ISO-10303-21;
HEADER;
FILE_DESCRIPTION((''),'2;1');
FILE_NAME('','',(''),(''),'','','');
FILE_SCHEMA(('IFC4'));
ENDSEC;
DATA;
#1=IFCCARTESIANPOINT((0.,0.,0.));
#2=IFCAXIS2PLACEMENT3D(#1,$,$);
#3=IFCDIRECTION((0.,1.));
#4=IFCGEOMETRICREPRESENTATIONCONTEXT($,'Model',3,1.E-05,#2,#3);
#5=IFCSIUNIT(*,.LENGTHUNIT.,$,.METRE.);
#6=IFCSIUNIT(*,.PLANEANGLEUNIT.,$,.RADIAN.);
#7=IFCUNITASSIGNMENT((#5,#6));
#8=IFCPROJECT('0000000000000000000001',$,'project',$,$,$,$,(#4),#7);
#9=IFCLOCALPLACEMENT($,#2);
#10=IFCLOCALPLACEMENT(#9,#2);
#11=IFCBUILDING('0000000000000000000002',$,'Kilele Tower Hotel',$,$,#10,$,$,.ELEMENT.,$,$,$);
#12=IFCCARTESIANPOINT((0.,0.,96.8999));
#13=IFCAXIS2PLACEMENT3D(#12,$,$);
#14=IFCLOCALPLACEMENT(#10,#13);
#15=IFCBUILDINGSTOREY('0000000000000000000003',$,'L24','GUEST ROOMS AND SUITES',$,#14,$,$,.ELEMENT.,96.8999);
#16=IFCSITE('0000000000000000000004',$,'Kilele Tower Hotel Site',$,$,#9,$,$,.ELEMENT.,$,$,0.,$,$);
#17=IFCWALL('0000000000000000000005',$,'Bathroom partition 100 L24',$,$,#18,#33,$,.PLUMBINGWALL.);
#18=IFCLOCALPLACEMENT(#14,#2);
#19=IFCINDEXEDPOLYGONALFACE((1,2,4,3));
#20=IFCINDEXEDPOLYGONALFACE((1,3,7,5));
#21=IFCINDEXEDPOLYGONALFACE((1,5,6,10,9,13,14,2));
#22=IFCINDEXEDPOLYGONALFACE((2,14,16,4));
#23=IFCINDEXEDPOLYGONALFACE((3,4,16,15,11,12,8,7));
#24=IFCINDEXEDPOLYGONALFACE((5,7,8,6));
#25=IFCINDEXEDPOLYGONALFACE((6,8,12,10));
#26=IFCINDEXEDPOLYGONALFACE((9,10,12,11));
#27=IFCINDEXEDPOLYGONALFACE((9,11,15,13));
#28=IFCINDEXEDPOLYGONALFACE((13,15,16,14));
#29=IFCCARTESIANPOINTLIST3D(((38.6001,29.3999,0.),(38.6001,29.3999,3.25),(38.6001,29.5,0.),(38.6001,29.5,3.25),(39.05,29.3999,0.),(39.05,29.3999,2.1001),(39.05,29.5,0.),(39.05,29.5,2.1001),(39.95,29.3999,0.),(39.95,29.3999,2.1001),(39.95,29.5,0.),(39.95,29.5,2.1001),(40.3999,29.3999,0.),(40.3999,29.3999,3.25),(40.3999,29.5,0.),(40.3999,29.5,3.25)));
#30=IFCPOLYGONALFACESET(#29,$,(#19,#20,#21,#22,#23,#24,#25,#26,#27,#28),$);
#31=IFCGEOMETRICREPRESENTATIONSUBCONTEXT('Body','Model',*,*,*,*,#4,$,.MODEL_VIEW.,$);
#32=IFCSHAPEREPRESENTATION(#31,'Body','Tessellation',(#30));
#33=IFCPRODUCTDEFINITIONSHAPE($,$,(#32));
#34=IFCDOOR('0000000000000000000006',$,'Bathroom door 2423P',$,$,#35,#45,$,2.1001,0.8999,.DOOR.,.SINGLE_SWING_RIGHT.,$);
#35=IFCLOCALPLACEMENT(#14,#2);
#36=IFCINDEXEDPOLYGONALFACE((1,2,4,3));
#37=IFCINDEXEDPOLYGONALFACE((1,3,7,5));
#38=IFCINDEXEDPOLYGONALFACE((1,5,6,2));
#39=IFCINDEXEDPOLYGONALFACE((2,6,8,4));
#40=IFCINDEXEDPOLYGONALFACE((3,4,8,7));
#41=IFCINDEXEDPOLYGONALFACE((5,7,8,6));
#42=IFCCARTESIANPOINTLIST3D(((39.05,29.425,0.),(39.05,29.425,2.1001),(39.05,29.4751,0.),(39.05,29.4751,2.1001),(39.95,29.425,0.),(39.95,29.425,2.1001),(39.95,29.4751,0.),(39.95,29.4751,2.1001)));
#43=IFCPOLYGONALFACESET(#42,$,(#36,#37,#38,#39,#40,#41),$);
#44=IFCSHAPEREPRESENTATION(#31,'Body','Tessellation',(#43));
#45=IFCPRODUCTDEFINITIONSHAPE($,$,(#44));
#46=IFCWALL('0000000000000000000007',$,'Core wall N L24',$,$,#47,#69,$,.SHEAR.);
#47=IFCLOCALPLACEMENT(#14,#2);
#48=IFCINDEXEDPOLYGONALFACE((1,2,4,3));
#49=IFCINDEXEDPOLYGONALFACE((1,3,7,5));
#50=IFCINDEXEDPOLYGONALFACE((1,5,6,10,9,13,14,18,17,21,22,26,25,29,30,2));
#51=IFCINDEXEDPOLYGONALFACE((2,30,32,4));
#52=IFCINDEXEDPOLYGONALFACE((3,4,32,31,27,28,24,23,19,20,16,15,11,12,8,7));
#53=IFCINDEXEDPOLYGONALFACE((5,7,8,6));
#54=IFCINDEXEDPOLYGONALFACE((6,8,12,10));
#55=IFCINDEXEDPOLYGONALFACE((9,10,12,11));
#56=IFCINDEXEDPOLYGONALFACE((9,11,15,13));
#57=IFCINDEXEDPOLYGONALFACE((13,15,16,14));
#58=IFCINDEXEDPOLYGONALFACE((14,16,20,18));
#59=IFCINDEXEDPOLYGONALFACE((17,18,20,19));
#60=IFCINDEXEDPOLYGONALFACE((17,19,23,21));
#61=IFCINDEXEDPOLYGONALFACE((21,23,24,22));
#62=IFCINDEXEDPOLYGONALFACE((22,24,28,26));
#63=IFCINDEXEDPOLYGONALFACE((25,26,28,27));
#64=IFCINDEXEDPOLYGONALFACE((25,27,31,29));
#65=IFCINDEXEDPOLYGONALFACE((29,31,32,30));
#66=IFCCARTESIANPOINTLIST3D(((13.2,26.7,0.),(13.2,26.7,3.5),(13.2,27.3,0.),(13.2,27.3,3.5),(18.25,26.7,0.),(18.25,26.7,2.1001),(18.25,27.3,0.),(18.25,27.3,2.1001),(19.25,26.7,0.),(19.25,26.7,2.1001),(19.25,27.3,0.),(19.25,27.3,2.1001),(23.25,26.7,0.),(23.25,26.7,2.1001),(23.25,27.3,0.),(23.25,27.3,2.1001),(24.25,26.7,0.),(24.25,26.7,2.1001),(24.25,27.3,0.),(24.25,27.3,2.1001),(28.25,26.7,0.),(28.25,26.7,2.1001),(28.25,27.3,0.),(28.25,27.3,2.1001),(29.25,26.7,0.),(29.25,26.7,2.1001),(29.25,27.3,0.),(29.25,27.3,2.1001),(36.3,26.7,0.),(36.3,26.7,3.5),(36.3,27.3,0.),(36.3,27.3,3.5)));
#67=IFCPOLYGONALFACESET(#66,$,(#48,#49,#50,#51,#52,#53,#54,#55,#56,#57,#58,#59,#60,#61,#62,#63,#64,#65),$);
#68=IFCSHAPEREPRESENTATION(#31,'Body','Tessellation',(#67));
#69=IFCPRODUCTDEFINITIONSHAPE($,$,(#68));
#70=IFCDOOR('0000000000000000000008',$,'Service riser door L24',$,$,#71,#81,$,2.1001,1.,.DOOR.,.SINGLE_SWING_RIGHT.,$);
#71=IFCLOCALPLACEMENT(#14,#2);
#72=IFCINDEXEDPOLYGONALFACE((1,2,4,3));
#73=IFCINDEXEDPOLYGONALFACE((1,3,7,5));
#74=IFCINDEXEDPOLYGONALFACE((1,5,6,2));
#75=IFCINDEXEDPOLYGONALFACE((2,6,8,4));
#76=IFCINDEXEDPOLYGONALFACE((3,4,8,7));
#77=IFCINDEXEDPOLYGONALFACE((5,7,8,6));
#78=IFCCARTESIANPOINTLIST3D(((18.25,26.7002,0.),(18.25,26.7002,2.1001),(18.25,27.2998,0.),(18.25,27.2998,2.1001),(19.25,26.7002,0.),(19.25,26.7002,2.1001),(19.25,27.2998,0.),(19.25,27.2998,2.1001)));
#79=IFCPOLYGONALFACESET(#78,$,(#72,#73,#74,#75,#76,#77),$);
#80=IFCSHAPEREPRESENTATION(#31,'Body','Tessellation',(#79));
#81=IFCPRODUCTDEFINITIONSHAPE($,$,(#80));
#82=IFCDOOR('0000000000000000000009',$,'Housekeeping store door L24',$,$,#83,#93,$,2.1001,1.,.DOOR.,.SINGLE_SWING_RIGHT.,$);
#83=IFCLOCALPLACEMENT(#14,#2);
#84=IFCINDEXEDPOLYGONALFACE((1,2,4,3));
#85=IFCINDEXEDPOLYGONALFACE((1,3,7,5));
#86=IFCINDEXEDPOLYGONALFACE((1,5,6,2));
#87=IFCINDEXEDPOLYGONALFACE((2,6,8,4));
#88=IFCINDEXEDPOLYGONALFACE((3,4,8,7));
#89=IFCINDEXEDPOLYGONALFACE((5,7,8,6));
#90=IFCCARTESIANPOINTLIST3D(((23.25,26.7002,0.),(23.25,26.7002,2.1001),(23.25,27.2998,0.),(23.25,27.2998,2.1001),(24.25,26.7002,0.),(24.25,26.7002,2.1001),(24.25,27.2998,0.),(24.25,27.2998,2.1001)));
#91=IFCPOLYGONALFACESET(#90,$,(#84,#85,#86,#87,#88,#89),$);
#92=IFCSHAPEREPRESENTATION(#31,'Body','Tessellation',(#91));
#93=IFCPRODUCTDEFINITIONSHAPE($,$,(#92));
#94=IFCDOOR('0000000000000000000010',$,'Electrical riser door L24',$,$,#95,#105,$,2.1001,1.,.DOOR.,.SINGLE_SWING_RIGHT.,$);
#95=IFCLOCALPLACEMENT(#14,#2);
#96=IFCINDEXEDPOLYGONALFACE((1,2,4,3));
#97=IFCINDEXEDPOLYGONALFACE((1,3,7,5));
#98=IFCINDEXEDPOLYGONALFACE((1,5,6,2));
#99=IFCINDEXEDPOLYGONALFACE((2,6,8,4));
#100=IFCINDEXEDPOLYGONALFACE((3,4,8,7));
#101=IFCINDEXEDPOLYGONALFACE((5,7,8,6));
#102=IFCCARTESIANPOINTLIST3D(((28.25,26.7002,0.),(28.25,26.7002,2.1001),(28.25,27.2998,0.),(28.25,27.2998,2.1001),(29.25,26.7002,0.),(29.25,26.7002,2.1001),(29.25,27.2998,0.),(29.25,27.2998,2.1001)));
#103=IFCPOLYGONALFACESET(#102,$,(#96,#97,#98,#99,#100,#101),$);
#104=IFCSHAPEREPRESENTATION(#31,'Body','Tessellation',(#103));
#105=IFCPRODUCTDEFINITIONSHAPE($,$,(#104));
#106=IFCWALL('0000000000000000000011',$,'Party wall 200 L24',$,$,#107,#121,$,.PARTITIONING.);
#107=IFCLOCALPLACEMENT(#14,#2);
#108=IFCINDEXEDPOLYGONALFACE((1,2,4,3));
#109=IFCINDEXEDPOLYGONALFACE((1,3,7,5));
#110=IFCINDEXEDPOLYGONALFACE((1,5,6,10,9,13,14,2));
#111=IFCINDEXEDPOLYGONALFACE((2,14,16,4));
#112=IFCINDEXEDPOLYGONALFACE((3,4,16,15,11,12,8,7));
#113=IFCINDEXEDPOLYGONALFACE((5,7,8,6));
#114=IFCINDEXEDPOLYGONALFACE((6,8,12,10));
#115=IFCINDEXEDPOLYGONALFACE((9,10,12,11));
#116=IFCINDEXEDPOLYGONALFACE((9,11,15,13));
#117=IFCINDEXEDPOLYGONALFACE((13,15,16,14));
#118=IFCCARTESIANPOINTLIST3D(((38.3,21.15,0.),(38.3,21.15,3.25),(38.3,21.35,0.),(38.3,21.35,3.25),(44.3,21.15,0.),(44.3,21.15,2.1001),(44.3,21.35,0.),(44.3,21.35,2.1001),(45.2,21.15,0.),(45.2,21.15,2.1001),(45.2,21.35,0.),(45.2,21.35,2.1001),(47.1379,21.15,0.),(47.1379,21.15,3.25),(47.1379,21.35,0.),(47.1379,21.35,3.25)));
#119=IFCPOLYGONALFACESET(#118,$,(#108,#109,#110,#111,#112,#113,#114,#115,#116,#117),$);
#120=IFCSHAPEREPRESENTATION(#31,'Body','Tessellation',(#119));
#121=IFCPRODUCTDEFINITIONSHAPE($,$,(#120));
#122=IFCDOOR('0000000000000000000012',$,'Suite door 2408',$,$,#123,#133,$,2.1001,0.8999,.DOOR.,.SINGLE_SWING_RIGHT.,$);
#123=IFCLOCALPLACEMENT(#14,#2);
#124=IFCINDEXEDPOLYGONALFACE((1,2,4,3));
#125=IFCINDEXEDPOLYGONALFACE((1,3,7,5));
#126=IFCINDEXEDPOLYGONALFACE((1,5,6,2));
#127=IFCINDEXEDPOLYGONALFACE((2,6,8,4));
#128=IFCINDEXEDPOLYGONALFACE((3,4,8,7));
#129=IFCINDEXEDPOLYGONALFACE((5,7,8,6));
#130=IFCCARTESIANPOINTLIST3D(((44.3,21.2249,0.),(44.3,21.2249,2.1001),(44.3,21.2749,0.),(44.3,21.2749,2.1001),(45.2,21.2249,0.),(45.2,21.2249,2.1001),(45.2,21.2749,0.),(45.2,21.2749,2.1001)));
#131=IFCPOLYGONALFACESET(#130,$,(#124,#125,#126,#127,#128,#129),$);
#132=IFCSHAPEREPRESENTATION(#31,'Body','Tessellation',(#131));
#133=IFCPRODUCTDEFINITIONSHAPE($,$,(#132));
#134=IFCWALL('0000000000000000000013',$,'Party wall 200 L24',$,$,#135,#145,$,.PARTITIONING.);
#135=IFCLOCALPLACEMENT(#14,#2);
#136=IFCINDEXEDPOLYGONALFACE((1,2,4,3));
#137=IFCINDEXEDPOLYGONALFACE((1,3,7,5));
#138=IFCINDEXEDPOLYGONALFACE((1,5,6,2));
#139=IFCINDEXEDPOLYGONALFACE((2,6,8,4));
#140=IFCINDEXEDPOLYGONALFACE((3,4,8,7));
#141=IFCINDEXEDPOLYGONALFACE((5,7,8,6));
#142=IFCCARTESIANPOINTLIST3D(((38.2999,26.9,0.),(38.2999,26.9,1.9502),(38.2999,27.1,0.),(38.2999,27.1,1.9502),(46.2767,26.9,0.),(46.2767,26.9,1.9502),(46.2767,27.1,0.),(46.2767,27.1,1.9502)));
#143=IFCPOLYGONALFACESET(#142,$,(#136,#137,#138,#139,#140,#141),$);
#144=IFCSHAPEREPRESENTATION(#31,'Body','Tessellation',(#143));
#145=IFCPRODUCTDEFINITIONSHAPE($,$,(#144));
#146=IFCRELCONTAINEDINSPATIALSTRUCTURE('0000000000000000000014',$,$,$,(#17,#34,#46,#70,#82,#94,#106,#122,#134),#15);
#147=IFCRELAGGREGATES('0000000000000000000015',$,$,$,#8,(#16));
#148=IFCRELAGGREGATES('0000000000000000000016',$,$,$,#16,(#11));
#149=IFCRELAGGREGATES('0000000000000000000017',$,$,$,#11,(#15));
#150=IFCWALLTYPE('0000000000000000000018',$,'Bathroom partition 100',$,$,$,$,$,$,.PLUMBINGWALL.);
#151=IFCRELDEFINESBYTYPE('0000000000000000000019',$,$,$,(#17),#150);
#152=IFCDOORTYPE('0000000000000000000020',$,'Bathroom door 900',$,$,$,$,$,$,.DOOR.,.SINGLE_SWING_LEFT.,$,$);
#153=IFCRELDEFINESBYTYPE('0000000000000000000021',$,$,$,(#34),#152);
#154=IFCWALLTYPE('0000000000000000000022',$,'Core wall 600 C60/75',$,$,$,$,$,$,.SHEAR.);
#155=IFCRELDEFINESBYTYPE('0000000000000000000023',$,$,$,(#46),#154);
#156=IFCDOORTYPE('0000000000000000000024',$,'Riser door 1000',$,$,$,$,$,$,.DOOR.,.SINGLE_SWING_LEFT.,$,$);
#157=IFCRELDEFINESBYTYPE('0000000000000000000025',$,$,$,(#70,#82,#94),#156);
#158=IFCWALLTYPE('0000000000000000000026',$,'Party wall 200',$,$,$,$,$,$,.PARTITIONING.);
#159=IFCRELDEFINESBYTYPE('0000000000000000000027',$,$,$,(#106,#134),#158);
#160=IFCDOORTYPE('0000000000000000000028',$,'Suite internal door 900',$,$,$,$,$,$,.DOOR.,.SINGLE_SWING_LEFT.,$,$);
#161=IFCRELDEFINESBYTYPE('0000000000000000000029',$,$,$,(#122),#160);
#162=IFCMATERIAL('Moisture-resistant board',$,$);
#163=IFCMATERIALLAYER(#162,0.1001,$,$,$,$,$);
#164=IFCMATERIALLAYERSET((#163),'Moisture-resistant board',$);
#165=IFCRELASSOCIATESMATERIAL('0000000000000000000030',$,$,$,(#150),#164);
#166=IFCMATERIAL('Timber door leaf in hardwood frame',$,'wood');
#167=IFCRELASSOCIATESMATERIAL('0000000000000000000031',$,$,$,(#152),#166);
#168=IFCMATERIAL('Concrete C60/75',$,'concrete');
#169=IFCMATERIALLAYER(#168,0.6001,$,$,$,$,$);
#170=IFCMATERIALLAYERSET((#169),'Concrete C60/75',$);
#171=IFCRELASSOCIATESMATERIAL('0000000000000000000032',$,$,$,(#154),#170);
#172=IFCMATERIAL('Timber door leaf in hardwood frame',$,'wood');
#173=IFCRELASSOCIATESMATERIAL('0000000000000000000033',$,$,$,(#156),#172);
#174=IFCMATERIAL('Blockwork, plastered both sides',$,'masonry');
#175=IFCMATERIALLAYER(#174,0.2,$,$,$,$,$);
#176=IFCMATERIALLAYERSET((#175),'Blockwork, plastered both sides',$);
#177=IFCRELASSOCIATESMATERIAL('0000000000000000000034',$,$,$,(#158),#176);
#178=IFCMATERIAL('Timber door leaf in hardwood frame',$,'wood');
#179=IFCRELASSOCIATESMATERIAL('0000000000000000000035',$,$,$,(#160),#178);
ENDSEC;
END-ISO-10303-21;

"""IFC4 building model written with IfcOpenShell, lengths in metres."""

from ifc_helpers import new_model, si_unit, direction, frame, frame_2d, origin, place, context, subcontext, project, spatial, rectangle, extrude, material, layer, layer_set, type_object, element, fill, save


model = new_model("IFC4")

# Units and contexts
model_context = context("Model", 3, precision=1e-05, world=origin(), true_north=direction((0.0, 1.0)))
body_context = subcontext(model_context, "Body", "Model", "MODEL_VIEW")
ifc_project = project(units=[si_unit("LENGTHUNIT", "METRE"), si_unit("PLANEANGLEUNIT", "RADIAN")], contexts=[model_context])

# Site, building, storey
site_placement = place(None, origin())
site = spatial("IfcSite", under=ifc_project, at=site_placement, Name="Kilele Tower Hotel Site", CompositionType="ELEMENT", RefElevation=0.0)
building_placement = place(site_placement, origin())
building = spatial("IfcBuilding", under=site, at=building_placement, Name="Kilele Tower Hotel", CompositionType="ELEMENT")
storey_placement = place(building_placement, frame((0.0, 0.0, 96.8999)))
storey = spatial("IfcBuildingStorey", under=building, at=storey_placement, Name="L24", Description="GUEST ROOMS AND SUITES", CompositionType="ELEMENT", Elevation=96.8999)

# Shared definitions
ifc_material_1 = material(Name="Moisture-resistant board")
ifc_layer_1 = layer(ifc_material_1, 0.1001)
ifc_layer_set_1 = layer_set([ifc_layer_1], Name="Moisture-resistant board")
wall_type_1 = type_object("IfcWallType", Name="Bathroom partition 100", PredefinedType="PLUMBINGWALL", material=ifc_layer_set_1)

# Shared definitions
ifc_material_2 = material(Name="Timber door leaf in hardwood frame", Category="wood")
door_type_1 = type_object("IfcDoorType", Name="Bathroom door 900", OperationType="SINGLE_SWING_LEFT", PredefinedType="DOOR", material=ifc_material_2)

# Wall, opening, door
wall_1_placement = place(storey_placement, frame((38.6001, 29.45, 0.0), z_axis=(0.0, 0.0, 1.0), x_axis=(1.0, 0.0, 0.0)))
wall_1 = element("IfcWall", 1, at=wall_1_placement, inside=storey, type_object=wall_type_1, Name="Bathroom partition 100 L24", PredefinedType="PLUMBINGWALL", context=body_context, shape_type="SweptSolid", body=[
    extrude(rectangle(XDim=1.7998, YDim=0.1001, at=frame_2d((0.8999, 0.0))), origin(), (0.0, 0.0, 1.0), 3.25),
])
opening_1_placement = place(wall_1_placement, frame((1.3499, 0.0, 0.0), z_axis=(0.0, 0.0, 1.0), x_axis=(-1.0, 0.0, 0.0)))
opening_1 = element("IfcOpeningElement", 2, at=opening_1_placement, cuts=wall_1, PredefinedType="OPENING", context=body_context, shape_type="SweptSolid", body=[
    extrude(rectangle(XDim=0.8999, YDim=2.1001, at=frame_2d((0.45, 1.05))), frame((0.0, 0.0601, 0.0), z_axis=(0.0, -1.0, 0.0), x_axis=(1.0, 0.0, 0.0)), (0.0, 0.0, 1.0), 0.1201),
])
door_1_placement = place(opening_1_placement, origin())
door_1 = element("IfcDoor", 3, at=door_1_placement, inside=storey, type_object=door_type_1, Name="Bathroom door 2423P", OperationType="SINGLE_SWING_RIGHT", OverallHeight=2.1001, OverallWidth=0.8999, PredefinedType="DOOR", context=body_context, shape_type="SweptSolid", body=[
    extrude(rectangle(XDim=0.8999, YDim=2.1001, at=frame_2d((0.45, 1.05))), frame((0.0, 0.0249, 0.0), z_axis=(0.0, -1.0, 0.0), x_axis=(1.0, 0.0, 0.0)), (0.0, 0.0, 1.0), 0.05),
])
fill(opening_1, door_1)

# Wall, openings, doors
ifc_material_3 = material(Name="Concrete C60/75", Category="concrete")
ifc_layer_2 = layer(ifc_material_3, 0.6001)
ifc_layer_set_2 = layer_set([ifc_layer_2], Name="Concrete C60/75")
wall_type_2 = type_object("IfcWallType", Name="Core wall 600 C60/75", PredefinedType="SHEAR", material=ifc_layer_set_2)
wall_2_placement = place(storey_placement, frame((36.3, 27.0, 0.0), z_axis=(0.0, 0.0, 1.0), x_axis=(-1.0, 0.0, 0.0)))
wall_2 = element("IfcWall", 4, at=wall_2_placement, inside=storey, type_object=wall_type_2, Name="Core wall N L24", PredefinedType="SHEAR", context=body_context, shape_type="SweptSolid", body=[
    extrude(rectangle(XDim=23.1001, YDim=0.6001, at=frame_2d((11.55, 0.0))), origin(), (0.0, 0.0, 1.0), 3.5),
])
opening_2_placement = place(wall_2_placement, frame((17.05, 0.0, 0.0)))
opening_2 = element("IfcOpeningElement", 5, at=opening_2_placement, cuts=wall_2, PredefinedType="OPENING", context=body_context, shape_type="SweptSolid", body=[
    extrude(rectangle(XDim=1.0, YDim=2.1001, at=frame_2d((0.5, 1.05))), frame((0.0, 0.3101, 0.0), z_axis=(0.0, -1.0, 0.0), x_axis=(1.0, 0.0, 0.0)), (0.0, 0.0, 1.0), 0.6201),
])
opening_3_placement = place(wall_2_placement, frame((12.05, 0.0, 0.0)))
opening_3 = element("IfcOpeningElement", 6, at=opening_3_placement, cuts=wall_2, PredefinedType="OPENING", context=body_context, shape_type="SweptSolid", body=[
    extrude(rectangle(XDim=1.0, YDim=2.1001, at=frame_2d((0.5, 1.05))), frame((0.0, 0.3101, 0.0), z_axis=(0.0, -1.0, 0.0), x_axis=(1.0, 0.0, 0.0)), (0.0, 0.0, 1.0), 0.6201),
])
opening_4_placement = place(wall_2_placement, frame((7.05, 0.0, 0.0)))
opening_4 = element("IfcOpeningElement", 7, at=opening_4_placement, cuts=wall_2, PredefinedType="OPENING", context=body_context, shape_type="SweptSolid", body=[
    extrude(rectangle(XDim=1.0, YDim=2.1001, at=frame_2d((0.5, 1.05))), frame((0.0, 0.3101, 0.0), z_axis=(0.0, -1.0, 0.0), x_axis=(1.0, 0.0, 0.0)), (0.0, 0.0, 1.0), 0.6201),
])
ifc_material_4 = material(Name="Timber door leaf in hardwood frame", Category="wood")
door_type_2 = type_object("IfcDoorType", Name="Riser door 1000", OperationType="SINGLE_SWING_LEFT", PredefinedType="DOOR", material=ifc_material_4)
door_2_placement = place(opening_2_placement, origin())
door_2 = element("IfcDoor", 8, at=door_2_placement, inside=storey, type_object=door_type_2, Name="Service riser door L24", OperationType="SINGLE_SWING_RIGHT", OverallHeight=2.1001, OverallWidth=1.0, PredefinedType="DOOR", context=body_context, shape_type="SweptSolid", body=[
    extrude(rectangle(XDim=1.0, YDim=2.1001, at=frame_2d((0.5, 1.05))), frame((0.0, 0.2998, 0.0), z_axis=(0.0, -1.0, 0.0), x_axis=(1.0, 0.0, 0.0)), (0.0, 0.0, 1.0), 0.5996),
])
fill(opening_2, door_2)
door_3_placement = place(opening_3_placement, origin())
door_3 = element("IfcDoor", 9, at=door_3_placement, inside=storey, type_object=door_type_2, Name="Housekeeping store door L24", OperationType="SINGLE_SWING_RIGHT", OverallHeight=2.1001, OverallWidth=1.0, PredefinedType="DOOR", context=body_context, shape_type="SweptSolid", body=[
    extrude(rectangle(XDim=1.0, YDim=2.1001, at=frame_2d((0.5, 1.05))), frame((0.0, 0.2998, 0.0), z_axis=(0.0, -1.0, 0.0), x_axis=(1.0, 0.0, 0.0)), (0.0, 0.0, 1.0), 0.5996),
])
fill(opening_3, door_3)
door_4_placement = place(opening_4_placement, origin())
door_4 = element("IfcDoor", 10, at=door_4_placement, inside=storey, type_object=door_type_2, Name="Electrical riser door L24", OperationType="SINGLE_SWING_RIGHT", OverallHeight=2.1001, OverallWidth=1.0, PredefinedType="DOOR", context=body_context, shape_type="SweptSolid", body=[
    extrude(rectangle(XDim=1.0, YDim=2.1001, at=frame_2d((0.5, 1.05))), frame((0.0, 0.2998, 0.0), z_axis=(0.0, -1.0, 0.0), x_axis=(1.0, 0.0, 0.0)), (0.0, 0.0, 1.0), 0.5996),
])
fill(opening_4, door_4)

# Wall, opening, door
ifc_material_5 = material(Name="Blockwork, plastered both sides", Category="masonry")
ifc_layer_3 = layer(ifc_material_5, 0.2)
ifc_layer_set_3 = layer_set([ifc_layer_3], Name="Blockwork, plastered both sides")
wall_type_3 = type_object("IfcWallType", Name="Party wall 200", PredefinedType="PARTITIONING", material=ifc_layer_set_3)
wall_3_placement = place(storey_placement, frame((38.3, 21.25, 0.0), z_axis=(0.0, 0.0, 1.0), x_axis=(1.0, 0.0, 0.0)))
wall_3 = element("IfcWall", 11, at=wall_3_placement, inside=storey, type_object=wall_type_3, Name="Party wall 200 L24", PredefinedType="PARTITIONING", context=body_context, shape_type="SweptSolid", body=[
    extrude(rectangle(XDim=8.8379, YDim=0.2, at=frame_2d((4.4189, 0.0))), origin(), (0.0, 0.0, 1.0), 3.25),
])
opening_5_placement = place(wall_3_placement, frame((6.0, 0.0, 0.0)))
opening_5 = element("IfcOpeningElement", 12, at=opening_5_placement, cuts=wall_3, PredefinedType="OPENING", context=body_context, shape_type="SweptSolid", body=[
    extrude(rectangle(XDim=0.8999, YDim=2.1001, at=frame_2d((0.45, 1.05))), frame((0.0, 0.1099, 0.0), z_axis=(0.0, -1.0, 0.0), x_axis=(1.0, 0.0, 0.0)), (0.0, 0.0, 1.0), 0.22),
])
ifc_material_6 = material(Name="Timber door leaf in hardwood frame", Category="wood")
door_type_3 = type_object("IfcDoorType", Name="Suite internal door 900", OperationType="SINGLE_SWING_LEFT", PredefinedType="DOOR", material=ifc_material_6)
door_5_placement = place(opening_5_placement, origin())
door_5 = element("IfcDoor", 13, at=door_5_placement, inside=storey, type_object=door_type_3, Name="Suite door 2408", OperationType="SINGLE_SWING_RIGHT", OverallHeight=2.1001, OverallWidth=0.8999, PredefinedType="DOOR", context=body_context, shape_type="SweptSolid", body=[
    extrude(rectangle(XDim=0.8999, YDim=2.1001, at=frame_2d((0.45, 1.05))), frame((0.0, 0.0249, 0.0), z_axis=(0.0, -1.0, 0.0), x_axis=(1.0, 0.0, 0.0)), (0.0, 0.0, 1.0), 0.05),
])
fill(opening_5, door_5)

# Wall
wall_4_placement = place(storey_placement, frame((38.3, 27.0, 0.0), z_axis=(0.0, 0.0, 1.0), x_axis=(1.0, 0.0, 0.0)))
element("IfcWall", 14, at=wall_4_placement, inside=storey, type_object=wall_type_3, Name="Party wall 200 L24", PredefinedType="PARTITIONING", context=body_context, shape_type="SweptSolid", body=[
    extrude(rectangle(XDim=7.9768, YDim=0.2, at=frame_2d((3.9883, 0.0))), origin(), (0.0, 0.0, 1.0), 1.9502),
])

save(model, "model.ifc")
